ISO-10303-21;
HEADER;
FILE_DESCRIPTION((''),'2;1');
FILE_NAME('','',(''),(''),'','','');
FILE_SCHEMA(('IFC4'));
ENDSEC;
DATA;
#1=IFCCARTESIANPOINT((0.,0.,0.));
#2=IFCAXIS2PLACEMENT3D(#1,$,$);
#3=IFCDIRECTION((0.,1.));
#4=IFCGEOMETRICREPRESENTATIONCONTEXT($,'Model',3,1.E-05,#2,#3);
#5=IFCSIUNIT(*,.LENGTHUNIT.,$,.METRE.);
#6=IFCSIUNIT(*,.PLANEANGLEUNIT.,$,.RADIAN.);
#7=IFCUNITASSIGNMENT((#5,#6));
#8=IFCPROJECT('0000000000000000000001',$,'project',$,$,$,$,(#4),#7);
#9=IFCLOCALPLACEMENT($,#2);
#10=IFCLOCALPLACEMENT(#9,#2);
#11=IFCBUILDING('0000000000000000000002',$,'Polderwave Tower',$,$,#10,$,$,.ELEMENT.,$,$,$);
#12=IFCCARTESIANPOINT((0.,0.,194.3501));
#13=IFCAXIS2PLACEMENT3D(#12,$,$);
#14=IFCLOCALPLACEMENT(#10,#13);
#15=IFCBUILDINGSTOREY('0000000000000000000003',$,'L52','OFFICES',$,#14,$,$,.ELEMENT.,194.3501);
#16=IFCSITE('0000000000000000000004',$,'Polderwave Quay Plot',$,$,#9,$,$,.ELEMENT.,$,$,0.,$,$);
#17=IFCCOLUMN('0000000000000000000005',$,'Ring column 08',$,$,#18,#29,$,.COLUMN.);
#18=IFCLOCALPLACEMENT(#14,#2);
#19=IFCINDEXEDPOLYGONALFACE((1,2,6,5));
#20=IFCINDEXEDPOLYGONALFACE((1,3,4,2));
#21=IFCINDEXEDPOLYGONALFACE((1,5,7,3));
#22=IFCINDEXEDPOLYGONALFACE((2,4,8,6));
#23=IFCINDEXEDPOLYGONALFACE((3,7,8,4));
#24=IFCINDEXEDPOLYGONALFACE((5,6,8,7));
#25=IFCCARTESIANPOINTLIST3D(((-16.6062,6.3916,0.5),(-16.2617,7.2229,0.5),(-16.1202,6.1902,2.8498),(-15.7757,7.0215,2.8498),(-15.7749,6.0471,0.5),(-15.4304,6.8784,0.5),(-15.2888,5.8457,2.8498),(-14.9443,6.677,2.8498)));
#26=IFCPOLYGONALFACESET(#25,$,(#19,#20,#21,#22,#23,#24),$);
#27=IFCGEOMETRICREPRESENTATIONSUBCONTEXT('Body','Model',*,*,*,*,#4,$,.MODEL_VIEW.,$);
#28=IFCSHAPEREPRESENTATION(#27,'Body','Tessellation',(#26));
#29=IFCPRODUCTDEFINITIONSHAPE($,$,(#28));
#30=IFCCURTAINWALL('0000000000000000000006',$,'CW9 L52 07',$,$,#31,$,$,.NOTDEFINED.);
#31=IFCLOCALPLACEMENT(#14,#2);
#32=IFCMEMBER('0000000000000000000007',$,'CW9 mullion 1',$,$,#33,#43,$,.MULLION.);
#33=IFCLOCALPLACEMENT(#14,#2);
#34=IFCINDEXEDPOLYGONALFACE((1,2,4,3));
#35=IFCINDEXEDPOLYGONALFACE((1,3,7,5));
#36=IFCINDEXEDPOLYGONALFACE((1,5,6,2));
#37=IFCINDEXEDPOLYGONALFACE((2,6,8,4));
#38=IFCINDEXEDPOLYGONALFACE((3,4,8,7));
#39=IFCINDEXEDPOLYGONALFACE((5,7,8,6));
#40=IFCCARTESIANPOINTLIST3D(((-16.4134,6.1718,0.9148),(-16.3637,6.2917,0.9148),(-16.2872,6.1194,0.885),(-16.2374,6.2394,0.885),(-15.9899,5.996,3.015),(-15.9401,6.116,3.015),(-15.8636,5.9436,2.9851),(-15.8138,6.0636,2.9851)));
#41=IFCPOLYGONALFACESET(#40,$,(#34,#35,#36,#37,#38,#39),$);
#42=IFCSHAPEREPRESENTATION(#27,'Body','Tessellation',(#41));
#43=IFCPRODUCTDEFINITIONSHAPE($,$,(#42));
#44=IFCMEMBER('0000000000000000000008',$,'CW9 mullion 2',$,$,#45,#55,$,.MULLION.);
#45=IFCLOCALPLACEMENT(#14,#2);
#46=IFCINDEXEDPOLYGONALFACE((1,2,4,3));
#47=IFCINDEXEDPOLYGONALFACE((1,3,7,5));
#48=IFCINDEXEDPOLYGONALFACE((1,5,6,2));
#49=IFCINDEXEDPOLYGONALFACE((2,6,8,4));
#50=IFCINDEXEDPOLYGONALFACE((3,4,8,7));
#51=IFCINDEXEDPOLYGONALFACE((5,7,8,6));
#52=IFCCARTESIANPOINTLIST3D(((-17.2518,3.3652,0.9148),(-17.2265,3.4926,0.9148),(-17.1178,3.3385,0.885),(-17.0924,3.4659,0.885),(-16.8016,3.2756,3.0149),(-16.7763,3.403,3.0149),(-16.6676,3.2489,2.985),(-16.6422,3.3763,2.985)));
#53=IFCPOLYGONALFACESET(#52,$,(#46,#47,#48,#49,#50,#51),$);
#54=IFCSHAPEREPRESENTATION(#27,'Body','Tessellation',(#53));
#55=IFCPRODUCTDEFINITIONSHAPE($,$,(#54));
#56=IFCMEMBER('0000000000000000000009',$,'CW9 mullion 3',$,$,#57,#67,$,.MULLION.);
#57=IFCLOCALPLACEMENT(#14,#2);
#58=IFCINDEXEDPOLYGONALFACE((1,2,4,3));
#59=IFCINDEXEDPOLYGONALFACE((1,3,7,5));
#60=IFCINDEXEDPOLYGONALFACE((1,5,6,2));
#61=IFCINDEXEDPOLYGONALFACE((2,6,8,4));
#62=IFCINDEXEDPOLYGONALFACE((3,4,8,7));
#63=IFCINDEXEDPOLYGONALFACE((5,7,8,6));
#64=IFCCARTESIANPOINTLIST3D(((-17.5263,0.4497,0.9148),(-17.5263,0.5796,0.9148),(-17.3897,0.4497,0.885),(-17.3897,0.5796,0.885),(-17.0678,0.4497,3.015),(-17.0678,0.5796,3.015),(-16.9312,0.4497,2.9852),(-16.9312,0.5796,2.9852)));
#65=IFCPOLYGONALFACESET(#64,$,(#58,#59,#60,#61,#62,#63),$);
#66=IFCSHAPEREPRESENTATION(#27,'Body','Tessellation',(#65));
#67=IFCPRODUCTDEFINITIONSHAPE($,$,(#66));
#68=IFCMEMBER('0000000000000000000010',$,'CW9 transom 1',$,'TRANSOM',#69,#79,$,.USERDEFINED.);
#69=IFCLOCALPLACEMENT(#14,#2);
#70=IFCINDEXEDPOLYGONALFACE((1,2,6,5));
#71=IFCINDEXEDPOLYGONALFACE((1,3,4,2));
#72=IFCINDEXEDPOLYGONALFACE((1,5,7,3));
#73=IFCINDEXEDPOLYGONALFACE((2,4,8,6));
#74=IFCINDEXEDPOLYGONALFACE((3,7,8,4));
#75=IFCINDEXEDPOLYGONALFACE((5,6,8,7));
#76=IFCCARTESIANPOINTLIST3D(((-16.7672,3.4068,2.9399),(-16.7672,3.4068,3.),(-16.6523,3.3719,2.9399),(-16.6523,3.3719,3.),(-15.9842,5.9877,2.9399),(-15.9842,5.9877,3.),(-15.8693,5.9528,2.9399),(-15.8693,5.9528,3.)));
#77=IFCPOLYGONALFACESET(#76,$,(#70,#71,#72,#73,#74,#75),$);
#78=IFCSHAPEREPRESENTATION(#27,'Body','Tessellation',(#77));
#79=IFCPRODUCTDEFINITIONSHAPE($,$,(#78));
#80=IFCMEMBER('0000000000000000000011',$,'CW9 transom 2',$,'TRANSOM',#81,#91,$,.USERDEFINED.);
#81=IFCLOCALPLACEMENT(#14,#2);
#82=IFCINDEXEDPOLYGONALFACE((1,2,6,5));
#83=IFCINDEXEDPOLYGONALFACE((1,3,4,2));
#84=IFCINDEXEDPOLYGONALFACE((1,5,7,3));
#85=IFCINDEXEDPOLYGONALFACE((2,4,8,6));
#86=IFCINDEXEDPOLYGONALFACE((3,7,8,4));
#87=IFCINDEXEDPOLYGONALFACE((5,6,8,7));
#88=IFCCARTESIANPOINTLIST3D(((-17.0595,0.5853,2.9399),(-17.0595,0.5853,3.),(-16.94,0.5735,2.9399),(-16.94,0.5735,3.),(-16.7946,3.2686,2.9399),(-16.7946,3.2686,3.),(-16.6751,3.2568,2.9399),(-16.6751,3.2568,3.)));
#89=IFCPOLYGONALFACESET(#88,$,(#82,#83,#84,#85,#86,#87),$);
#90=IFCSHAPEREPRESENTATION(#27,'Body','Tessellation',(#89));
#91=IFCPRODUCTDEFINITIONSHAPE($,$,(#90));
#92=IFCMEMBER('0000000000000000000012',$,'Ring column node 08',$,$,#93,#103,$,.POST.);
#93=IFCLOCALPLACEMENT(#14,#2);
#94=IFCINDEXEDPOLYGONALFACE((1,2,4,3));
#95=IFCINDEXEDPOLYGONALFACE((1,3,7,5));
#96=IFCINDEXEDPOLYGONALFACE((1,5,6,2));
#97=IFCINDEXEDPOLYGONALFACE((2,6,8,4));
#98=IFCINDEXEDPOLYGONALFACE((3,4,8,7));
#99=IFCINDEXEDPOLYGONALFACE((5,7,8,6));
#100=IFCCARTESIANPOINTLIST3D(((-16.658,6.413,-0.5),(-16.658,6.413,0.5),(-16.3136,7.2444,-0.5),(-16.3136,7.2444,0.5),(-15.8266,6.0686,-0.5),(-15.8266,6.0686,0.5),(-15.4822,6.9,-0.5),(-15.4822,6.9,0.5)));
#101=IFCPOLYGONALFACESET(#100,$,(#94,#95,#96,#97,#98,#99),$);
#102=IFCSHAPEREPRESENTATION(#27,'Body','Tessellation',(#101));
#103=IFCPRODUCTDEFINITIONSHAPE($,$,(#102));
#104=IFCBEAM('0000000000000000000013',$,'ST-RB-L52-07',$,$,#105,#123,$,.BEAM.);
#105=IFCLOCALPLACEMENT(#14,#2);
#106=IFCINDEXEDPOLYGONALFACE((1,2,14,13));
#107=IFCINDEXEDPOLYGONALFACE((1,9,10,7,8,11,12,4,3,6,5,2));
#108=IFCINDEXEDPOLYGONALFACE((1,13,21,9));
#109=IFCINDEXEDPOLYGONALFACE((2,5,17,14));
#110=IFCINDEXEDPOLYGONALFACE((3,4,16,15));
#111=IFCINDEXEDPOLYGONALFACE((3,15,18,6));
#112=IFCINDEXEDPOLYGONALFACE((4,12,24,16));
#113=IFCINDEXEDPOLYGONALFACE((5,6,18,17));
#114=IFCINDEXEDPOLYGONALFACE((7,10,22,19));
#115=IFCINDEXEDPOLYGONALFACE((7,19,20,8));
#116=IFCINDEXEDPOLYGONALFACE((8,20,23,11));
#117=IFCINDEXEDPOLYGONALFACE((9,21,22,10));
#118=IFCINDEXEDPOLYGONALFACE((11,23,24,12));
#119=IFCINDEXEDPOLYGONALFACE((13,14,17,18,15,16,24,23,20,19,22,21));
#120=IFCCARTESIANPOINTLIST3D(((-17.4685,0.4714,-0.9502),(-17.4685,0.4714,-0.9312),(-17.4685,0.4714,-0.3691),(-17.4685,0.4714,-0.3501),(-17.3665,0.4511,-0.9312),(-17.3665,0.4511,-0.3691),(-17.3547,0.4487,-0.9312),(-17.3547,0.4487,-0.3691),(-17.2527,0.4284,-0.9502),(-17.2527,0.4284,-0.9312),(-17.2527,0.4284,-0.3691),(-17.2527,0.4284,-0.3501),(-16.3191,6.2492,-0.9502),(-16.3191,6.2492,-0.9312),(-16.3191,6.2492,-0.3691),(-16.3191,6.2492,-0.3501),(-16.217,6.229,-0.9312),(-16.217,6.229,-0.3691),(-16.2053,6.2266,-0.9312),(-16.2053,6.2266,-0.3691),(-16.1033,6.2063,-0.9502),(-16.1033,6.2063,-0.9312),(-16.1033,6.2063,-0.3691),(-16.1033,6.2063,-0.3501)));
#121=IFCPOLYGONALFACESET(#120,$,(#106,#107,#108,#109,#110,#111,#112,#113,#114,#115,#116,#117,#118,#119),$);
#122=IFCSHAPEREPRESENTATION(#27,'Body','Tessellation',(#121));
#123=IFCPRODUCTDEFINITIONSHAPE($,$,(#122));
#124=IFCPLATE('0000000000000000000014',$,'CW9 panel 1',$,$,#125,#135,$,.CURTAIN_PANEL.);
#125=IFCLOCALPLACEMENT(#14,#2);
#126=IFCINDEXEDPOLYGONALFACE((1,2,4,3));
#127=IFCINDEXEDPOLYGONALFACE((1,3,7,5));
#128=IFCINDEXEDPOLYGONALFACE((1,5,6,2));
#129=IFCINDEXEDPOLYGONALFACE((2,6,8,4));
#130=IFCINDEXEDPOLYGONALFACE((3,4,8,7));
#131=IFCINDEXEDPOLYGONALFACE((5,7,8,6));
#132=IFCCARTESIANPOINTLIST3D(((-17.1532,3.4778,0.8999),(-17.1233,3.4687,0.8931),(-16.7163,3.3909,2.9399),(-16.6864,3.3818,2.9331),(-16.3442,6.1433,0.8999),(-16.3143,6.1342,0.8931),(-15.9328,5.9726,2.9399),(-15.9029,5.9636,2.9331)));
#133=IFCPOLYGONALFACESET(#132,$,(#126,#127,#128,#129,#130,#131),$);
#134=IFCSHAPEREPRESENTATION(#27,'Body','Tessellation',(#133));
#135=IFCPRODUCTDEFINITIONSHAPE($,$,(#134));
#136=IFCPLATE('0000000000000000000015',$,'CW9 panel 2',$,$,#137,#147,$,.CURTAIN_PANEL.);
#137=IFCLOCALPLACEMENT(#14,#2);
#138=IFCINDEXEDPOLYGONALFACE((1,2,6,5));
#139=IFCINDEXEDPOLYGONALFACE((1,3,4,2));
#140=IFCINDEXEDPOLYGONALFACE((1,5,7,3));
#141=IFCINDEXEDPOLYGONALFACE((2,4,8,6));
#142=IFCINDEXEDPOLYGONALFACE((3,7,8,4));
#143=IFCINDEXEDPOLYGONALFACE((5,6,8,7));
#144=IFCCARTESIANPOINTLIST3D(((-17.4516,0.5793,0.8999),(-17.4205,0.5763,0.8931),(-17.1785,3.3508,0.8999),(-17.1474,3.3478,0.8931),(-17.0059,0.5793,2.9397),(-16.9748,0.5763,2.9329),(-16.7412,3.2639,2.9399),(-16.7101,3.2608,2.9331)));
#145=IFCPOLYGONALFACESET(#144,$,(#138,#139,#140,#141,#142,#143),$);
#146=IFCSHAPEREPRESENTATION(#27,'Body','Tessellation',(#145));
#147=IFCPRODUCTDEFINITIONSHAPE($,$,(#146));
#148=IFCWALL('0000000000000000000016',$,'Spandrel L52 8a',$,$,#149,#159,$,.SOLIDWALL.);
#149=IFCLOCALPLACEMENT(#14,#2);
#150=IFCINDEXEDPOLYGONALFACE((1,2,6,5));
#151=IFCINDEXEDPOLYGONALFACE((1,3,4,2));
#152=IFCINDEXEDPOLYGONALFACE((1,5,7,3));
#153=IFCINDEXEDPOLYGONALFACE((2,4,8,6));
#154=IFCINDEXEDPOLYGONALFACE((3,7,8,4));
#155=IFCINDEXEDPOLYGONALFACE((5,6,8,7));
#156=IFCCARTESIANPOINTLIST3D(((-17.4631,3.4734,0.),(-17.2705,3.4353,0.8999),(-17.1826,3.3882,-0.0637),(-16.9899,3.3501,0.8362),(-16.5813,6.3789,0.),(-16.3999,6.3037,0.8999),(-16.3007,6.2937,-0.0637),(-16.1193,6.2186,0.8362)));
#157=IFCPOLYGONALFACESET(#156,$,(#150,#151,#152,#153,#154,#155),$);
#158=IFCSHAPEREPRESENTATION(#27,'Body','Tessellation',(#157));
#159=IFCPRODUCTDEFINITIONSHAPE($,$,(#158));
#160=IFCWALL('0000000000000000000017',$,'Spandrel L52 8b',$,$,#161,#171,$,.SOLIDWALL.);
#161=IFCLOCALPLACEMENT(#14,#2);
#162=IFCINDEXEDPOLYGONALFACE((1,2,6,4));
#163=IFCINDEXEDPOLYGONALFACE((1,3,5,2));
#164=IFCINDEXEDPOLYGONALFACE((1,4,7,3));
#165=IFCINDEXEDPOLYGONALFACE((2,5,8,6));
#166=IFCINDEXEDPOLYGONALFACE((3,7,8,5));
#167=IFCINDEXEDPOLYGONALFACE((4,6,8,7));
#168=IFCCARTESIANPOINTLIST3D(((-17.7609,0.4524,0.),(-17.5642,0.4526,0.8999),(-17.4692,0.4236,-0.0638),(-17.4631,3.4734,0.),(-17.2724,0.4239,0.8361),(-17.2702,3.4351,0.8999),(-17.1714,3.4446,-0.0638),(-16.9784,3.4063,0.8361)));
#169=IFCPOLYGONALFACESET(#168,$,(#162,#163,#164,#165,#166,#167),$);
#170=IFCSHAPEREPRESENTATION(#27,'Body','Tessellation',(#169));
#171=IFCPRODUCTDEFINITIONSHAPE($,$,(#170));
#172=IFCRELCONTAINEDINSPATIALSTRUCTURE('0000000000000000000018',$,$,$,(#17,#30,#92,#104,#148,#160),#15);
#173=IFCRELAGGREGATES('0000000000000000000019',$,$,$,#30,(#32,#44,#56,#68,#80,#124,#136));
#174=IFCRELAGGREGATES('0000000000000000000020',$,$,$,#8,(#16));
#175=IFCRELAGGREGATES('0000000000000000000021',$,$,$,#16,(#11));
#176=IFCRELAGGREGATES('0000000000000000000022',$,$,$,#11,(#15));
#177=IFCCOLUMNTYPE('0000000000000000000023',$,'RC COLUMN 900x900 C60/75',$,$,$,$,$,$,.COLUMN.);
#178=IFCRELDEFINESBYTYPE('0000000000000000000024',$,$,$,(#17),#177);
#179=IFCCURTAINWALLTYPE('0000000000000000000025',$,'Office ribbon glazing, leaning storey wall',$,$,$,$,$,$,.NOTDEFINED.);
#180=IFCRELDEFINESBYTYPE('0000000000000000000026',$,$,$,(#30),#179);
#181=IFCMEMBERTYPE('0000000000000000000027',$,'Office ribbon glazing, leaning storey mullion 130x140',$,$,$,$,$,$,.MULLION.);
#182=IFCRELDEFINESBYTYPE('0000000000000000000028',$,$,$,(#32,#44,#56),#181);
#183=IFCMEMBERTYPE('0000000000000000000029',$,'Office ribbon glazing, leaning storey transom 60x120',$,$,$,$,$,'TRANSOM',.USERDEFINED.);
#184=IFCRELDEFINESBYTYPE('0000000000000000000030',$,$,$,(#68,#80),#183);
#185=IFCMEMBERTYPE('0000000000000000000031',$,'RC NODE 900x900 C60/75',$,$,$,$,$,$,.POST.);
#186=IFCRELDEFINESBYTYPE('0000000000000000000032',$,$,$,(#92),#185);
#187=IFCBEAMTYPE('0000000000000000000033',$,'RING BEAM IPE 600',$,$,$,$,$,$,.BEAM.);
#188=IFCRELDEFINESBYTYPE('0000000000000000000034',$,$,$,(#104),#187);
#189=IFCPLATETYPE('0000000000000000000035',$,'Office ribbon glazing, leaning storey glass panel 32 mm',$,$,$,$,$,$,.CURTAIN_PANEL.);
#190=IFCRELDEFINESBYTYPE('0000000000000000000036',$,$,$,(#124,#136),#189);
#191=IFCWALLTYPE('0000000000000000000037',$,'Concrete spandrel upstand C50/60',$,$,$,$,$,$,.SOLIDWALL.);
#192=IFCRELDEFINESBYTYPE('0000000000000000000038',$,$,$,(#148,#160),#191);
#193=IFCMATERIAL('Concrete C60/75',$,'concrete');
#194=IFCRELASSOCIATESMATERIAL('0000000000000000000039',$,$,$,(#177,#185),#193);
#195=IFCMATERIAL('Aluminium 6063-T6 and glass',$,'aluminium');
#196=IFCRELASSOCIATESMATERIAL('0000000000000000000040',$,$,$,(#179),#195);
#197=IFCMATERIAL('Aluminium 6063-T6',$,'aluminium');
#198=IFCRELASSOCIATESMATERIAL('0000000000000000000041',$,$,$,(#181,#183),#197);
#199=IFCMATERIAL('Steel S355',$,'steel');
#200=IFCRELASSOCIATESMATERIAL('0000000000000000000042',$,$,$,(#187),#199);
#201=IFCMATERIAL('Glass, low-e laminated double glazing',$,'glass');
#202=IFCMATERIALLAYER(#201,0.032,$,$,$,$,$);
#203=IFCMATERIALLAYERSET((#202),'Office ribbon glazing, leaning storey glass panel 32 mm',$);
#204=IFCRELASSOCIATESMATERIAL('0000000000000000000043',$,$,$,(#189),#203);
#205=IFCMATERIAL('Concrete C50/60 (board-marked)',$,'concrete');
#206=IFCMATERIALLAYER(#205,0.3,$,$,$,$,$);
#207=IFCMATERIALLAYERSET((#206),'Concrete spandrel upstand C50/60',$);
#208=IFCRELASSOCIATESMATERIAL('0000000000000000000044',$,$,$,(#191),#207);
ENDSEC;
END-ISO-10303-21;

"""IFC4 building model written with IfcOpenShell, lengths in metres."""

from ifc_helpers import new_model, si_unit, direction, frame, origin, origin_2d, place, context, subcontext, project, spatial, polyline, rectangle, i_section, outline, extrude, material, layer, layer_set, material_profile, profile_set, type_object, element, aggregate, save


model = new_model("IFC4")

# Units and contexts
model_context = context("Model", 3, precision=1e-05, world=origin(), true_north=direction((0.0, 1.0)))
body_context = subcontext(model_context, "Body", "Model", "MODEL_VIEW")
ifc_project = project(units=[si_unit("LENGTHUNIT", "METRE"), si_unit("PLANEANGLEUNIT", "RADIAN")], contexts=[model_context])

# Site, building, storey
site_placement = place(None, origin())
site = spatial("IfcSite", under=ifc_project, at=site_placement, Name="Polderwave Quay Plot", CompositionType="ELEMENT", RefElevation=0.0)
building_placement = place(site_placement, origin())
building = spatial("IfcBuilding", under=site, at=building_placement, Name="Polderwave Tower", CompositionType="ELEMENT")
storey_placement = place(building_placement, frame((0.0, 0.0, 194.3501)))
storey = spatial("IfcBuildingStorey", under=building, at=storey_placement, Name="L52", Description="OFFICES", CompositionType="ELEMENT", Elevation=194.3501)

# Column
ifc_material_1 = material(Name="Concrete C60/75", Category="concrete")
ifc_material_profile_1 = material_profile(ifc_material_1, rectangle(XDim=0.8999, YDim=0.8999, at=origin_2d()), Name="RC 900x900")
ifc_profile_set_1 = profile_set([ifc_material_profile_1], Name="Concrete C60/75")
column_type = type_object("IfcColumnType", Name="RC COLUMN 900x900 C60/75", PredefinedType="COLUMN", material=ifc_profile_set_1)
column_placement = place(storey_placement, frame((-16.0183, 6.635, 0.5), z_axis=(0.0, 0.0, 1.0), x_axis=(0.382803, 0.92383, 0.0)))
element("IfcColumn", 1, at=column_placement, inside=storey, type_object=column_type, Name="Ring column 08", PredefinedType="COLUMN", context=body_context, shape_type="SweptSolid", body=[
    extrude(rectangle(XDim=0.8999, YDim=0.8999, at=origin_2d()), origin(), (0.0, -0.218502, 0.975836), 2.408),
])

# Curtain wall, members
ifc_material_2 = material(Name="Aluminium 6063-T6 and glass", Category="aluminium")
curtain_wall_type = type_object("IfcCurtainWallType", Name="Office ribbon glazing, leaning storey wall", PredefinedType="NOTDEFINED", material=ifc_material_2)
curtain_wall_placement = place(storey_placement, origin())
curtain_wall = element("IfcCurtainWall", 2, at=curtain_wall_placement, inside=storey, type_object=curtain_wall_type, Name="CW9 L52 07", PredefinedType="NOTDEFINED")
ifc_material_3 = material(Name="Aluminium 6063-T6", Category="aluminium")
ifc_material_profile_2 = material_profile(ifc_material_3, rectangle(XDim=0.1299, YDim=0.1399, at=origin_2d()), Name="AL 130x140")
ifc_profile_set_2 = profile_set([ifc_material_profile_2], Name="Aluminium 6063-T6")
member_type_1 = type_object("IfcMemberType", Name="Office ribbon glazing, leaning storey mullion 130x140", PredefinedType="MULLION", material=ifc_profile_set_2)
member_1_placement = place(storey_placement, frame((-16.3254, 6.2056, 0.8999), z_axis=(0.197053, -0.081774, 0.976976), x_axis=(0.383292, 0.923627, 0.0)))
member_1 = element("IfcMember", 3, at=member_1_placement, type_object=member_type_1, Name="CW9 mullion 1", PredefinedType="MULLION", context=body_context, shape_type="SweptSolid", body=[
    extrude(rectangle(XDim=0.1299, YDim=0.1399, at=origin_2d()), origin(), (0.0, 0.0, 1.0), 2.1497),
])
member_2_placement = place(storey_placement, frame((-17.1721, 3.4155, 0.8999), z_axis=(0.209425, -0.04168, 0.976936), x_axis=(0.195196, 0.980764, 0.0)))
member_2 = element("IfcMember", 4, at=member_2_placement, type_object=member_type_1, Name="CW9 mullion 2", PredefinedType="MULLION", context=body_context, shape_type="SweptSolid", body=[
    extrude(rectangle(XDim=0.1299, YDim=0.1399, at=origin_2d()), origin(), (0.0, 0.0, 1.0), 2.1497),
])
member_3_placement = place(storey_placement, frame((-17.458, 0.5146, 0.8999), z_axis=(0.213297, 0.0, 0.976987), x_axis=(0.0, 1.0, 0.0)))
member_3 = element("IfcMember", 5, at=member_3_placement, type_object=member_type_1, Name="CW9 mullion 3", PredefinedType="MULLION", context=body_context, shape_type="SweptSolid", body=[
    extrude(rectangle(XDim=0.1299, YDim=0.1399, at=origin_2d()), origin(), (0.0, 0.0, 1.0), 2.1497),
])
ifc_material_profile_3 = material_profile(ifc_material_3, rectangle(XDim=0.1201, YDim=0.0601, at=origin_2d()), Name="AL 60x120")
ifc_profile_set_3 = profile_set([ifc_material_profile_3], Name="Aluminium 6063-T6")
member_type_2 = type_object("IfcMemberType", Name="Office ribbon glazing, leaning storey transom 60x120", ElementType="TRANSOM", PredefinedType="USERDEFINED", material=ifc_profile_set_3)
member_4_placement = place(storey_placement, frame((-15.9268, 5.9702, 2.97), z_axis=(-0.290311, -0.956932, 0.0), x_axis=(0.956932, -0.290311, 0.0)))
member_4 = element("IfcMember", 6, at=member_4_placement, type_object=member_type_2, Name="CW9 transom 1", ObjectType="TRANSOM", PredefinedType="USERDEFINED", context=body_context, shape_type="SweptSolid", body=[
    extrude(rectangle(XDim=0.1201, YDim=0.0601, at=origin_2d()), origin(), (0.0, 0.0, 1.0), 2.697),
])
member_5_placement = place(storey_placement, frame((-16.7349, 3.2627, 2.97), z_axis=(-0.09824, -0.995163, 0.0), x_axis=(0.995163, -0.09824, 0.0)))
member_5 = element("IfcMember", 7, at=member_5_placement, type_object=member_type_2, Name="CW9 transom 2", ObjectType="TRANSOM", PredefinedType="USERDEFINED", context=body_context, shape_type="SweptSolid", body=[
    extrude(rectangle(XDim=0.1201, YDim=0.0601, at=origin_2d()), origin(), (0.0, 0.0, 1.0), 2.6963),
])

# Member
ifc_material_profile_4 = material_profile(ifc_material_1, rectangle(XDim=0.8999, YDim=0.8999, at=origin_2d()), Name="RC 900x900")
ifc_profile_set_4 = profile_set([ifc_material_profile_4], Name="Concrete C60/75")
member_type_3 = type_object("IfcMemberType", Name="RC NODE 900x900 C60/75", PredefinedType="POST", material=ifc_profile_set_4)
member_6_placement = place(storey_placement, frame((-16.0701, 6.6565, -0.5), z_axis=(0.0, 0.0, 1.0), x_axis=(-0.92388, 0.382683, 0.0)))
element("IfcMember", 8, at=member_6_placement, inside=storey, type_object=member_type_3, Name="Ring column node 08", PredefinedType="POST", context=body_context, shape_type="SweptSolid", body=[
    extrude(rectangle(XDim=0.8999, YDim=0.8999, at=origin_2d()), origin(), (0.0, 0.0, 1.0), 1.0),
])

# Beam
ifc_material_4 = material(Name="Steel S355", Category="steel")
ifc_material_profile_5 = material_profile(ifc_material_4, i_section(OverallWidth=0.22, OverallDepth=0.6001, WebThickness=0.012, FlangeThickness=0.019, at=origin_2d()), Name="IPE 600")
ifc_profile_set_5 = profile_set([ifc_material_profile_5], Name="Steel S355")
beam_type = type_object("IfcBeamType", Name="RING BEAM IPE 600", PredefinedType="BEAM", material=ifc_profile_set_5)
beam_placement = place(storey_placement, frame((-16.2112, 6.2278, -0.6501), z_axis=(-0.195112, -0.980781, 0.0), x_axis=(0.980781, -0.195112, 0.0)))
element("IfcBeam", 9, at=beam_placement, inside=storey, type_object=beam_type, Name="ST-RB-L52-07", PredefinedType="BEAM", context=body_context, shape_type="SweptSolid", body=[
    extrude(i_section(OverallWidth=0.22, OverallDepth=0.6001, WebThickness=0.012, FlangeThickness=0.019, at=origin_2d()), origin(), (0.0, 0.0, 1.0), 5.8911),
])

# Plates
ifc_material_5 = material(Name="Glass, low-e laminated double glazing", Category="glass")
ifc_layer_1 = layer(ifc_material_5, 0.032)
ifc_layer_set_1 = layer_set([ifc_layer_1], Name="Office ribbon glazing, leaning storey glass panel 32 mm")
plate_type = type_object("IfcPlateType", Name="Office ribbon glazing, leaning storey glass panel 32 mm", PredefinedType="CURTAIN_PANEL", material=ifc_layer_set_1)
plate_1_placement = place(storey_placement, frame((-16.3442, 6.1433, 0.8999), z_axis=(-0.935078, 0.283791, 0.21235), x_axis=(-0.290416, -0.956901, -0.000008)))
plate_1 = element("IfcPlate", 10, at=plate_1_placement, type_object=plate_type, Name="CW9 panel 1", PredefinedType="CURTAIN_PANEL", context=body_context, shape_type="SweptSolid", body=[
    extrude(outline(polyline([(0.0, 0.0), (2.7856, 0.0), (2.7419, 2.0877), (0.0438, 2.0876), (0.0, 0.0)])), origin(), (0.0, 0.0, -1.0), 0.032),
])
plate_2_placement = place(storey_placement, frame((-17.1785, 3.3508, 0.8999), z_axis=(-0.972444, 0.095851, 0.212522), x_axis=(-0.098092, -0.995177, -0.000001)))
plate_2 = element("IfcPlate", 11, at=plate_2_placement, type_object=plate_type, Name="CW9 panel 2", PredefinedType="CURTAIN_PANEL", context=body_context, shape_type="SweptSolid", body=[
    extrude(outline(polyline([(0.0, 0.0), (2.7849, 0.0), (2.7412, 2.0875), (0.0436, 2.0877), (0.0, 0.0)])), origin(), (0.0, 0.0, -1.0), 0.032),
])
aggregate(curtain_wall, [member_1, member_2, member_3, member_4, member_5, plate_1, plate_2])

# Walls
ifc_material_6 = material(Name="Concrete C50/60 (board-marked)", Category="concrete")
ifc_layer_2 = layer(ifc_material_6, 0.3)
ifc_layer_set_2 = layer_set([ifc_layer_2], Name="Concrete spandrel upstand C50/60")
wall_type_1 = type_object("IfcWallType", Name="Concrete spandrel upstand C50/60", PredefinedType="SOLIDWALL", material=ifc_layer_set_2)
wall_1_placement = place(storey_placement, frame((-16.5813, 6.3789, 0.0), z_axis=(-0.935107, 0.283814, 0.212191), x_axis=(-0.290427, -0.956897, 0.000001)))
element("IfcWall", 12, at=wall_1_placement, inside=storey, type_object=wall_type_1, Name="Spandrel L52 8a", PredefinedType="SOLIDWALL", context=body_context, shape_type="SweptSolid", body=[
    extrude(outline(polyline([(0.0, 0.0), (3.0364, 0.0), (3.0169, 0.9209), (0.0193, 0.9209), (0.0, 0.0)])), origin(), (0.0, 0.0, -1.0), 0.3),
])
wall_2_placement = place(storey_placement, frame((-17.4631, 3.4734, 0.0), z_axis=(-0.972436, 0.095859, 0.212556), x_axis=(-0.098102, -0.995176, -0.000004)))
element("IfcWall", 13, at=wall_2_placement, inside=storey, type_object=wall_type_1, Name="Spandrel L52 8b", PredefinedType="SOLIDWALL", context=body_context, shape_type="SweptSolid", body=[
    extrude(outline(polyline([(0.0, 0.0), (3.0356, 0.0), (3.0161, 0.921), (0.0192, 0.9209), (0.0, 0.0)])), origin(), (0.0, 0.0, -1.0), 0.3),
])

save(model, "model.ifc")
